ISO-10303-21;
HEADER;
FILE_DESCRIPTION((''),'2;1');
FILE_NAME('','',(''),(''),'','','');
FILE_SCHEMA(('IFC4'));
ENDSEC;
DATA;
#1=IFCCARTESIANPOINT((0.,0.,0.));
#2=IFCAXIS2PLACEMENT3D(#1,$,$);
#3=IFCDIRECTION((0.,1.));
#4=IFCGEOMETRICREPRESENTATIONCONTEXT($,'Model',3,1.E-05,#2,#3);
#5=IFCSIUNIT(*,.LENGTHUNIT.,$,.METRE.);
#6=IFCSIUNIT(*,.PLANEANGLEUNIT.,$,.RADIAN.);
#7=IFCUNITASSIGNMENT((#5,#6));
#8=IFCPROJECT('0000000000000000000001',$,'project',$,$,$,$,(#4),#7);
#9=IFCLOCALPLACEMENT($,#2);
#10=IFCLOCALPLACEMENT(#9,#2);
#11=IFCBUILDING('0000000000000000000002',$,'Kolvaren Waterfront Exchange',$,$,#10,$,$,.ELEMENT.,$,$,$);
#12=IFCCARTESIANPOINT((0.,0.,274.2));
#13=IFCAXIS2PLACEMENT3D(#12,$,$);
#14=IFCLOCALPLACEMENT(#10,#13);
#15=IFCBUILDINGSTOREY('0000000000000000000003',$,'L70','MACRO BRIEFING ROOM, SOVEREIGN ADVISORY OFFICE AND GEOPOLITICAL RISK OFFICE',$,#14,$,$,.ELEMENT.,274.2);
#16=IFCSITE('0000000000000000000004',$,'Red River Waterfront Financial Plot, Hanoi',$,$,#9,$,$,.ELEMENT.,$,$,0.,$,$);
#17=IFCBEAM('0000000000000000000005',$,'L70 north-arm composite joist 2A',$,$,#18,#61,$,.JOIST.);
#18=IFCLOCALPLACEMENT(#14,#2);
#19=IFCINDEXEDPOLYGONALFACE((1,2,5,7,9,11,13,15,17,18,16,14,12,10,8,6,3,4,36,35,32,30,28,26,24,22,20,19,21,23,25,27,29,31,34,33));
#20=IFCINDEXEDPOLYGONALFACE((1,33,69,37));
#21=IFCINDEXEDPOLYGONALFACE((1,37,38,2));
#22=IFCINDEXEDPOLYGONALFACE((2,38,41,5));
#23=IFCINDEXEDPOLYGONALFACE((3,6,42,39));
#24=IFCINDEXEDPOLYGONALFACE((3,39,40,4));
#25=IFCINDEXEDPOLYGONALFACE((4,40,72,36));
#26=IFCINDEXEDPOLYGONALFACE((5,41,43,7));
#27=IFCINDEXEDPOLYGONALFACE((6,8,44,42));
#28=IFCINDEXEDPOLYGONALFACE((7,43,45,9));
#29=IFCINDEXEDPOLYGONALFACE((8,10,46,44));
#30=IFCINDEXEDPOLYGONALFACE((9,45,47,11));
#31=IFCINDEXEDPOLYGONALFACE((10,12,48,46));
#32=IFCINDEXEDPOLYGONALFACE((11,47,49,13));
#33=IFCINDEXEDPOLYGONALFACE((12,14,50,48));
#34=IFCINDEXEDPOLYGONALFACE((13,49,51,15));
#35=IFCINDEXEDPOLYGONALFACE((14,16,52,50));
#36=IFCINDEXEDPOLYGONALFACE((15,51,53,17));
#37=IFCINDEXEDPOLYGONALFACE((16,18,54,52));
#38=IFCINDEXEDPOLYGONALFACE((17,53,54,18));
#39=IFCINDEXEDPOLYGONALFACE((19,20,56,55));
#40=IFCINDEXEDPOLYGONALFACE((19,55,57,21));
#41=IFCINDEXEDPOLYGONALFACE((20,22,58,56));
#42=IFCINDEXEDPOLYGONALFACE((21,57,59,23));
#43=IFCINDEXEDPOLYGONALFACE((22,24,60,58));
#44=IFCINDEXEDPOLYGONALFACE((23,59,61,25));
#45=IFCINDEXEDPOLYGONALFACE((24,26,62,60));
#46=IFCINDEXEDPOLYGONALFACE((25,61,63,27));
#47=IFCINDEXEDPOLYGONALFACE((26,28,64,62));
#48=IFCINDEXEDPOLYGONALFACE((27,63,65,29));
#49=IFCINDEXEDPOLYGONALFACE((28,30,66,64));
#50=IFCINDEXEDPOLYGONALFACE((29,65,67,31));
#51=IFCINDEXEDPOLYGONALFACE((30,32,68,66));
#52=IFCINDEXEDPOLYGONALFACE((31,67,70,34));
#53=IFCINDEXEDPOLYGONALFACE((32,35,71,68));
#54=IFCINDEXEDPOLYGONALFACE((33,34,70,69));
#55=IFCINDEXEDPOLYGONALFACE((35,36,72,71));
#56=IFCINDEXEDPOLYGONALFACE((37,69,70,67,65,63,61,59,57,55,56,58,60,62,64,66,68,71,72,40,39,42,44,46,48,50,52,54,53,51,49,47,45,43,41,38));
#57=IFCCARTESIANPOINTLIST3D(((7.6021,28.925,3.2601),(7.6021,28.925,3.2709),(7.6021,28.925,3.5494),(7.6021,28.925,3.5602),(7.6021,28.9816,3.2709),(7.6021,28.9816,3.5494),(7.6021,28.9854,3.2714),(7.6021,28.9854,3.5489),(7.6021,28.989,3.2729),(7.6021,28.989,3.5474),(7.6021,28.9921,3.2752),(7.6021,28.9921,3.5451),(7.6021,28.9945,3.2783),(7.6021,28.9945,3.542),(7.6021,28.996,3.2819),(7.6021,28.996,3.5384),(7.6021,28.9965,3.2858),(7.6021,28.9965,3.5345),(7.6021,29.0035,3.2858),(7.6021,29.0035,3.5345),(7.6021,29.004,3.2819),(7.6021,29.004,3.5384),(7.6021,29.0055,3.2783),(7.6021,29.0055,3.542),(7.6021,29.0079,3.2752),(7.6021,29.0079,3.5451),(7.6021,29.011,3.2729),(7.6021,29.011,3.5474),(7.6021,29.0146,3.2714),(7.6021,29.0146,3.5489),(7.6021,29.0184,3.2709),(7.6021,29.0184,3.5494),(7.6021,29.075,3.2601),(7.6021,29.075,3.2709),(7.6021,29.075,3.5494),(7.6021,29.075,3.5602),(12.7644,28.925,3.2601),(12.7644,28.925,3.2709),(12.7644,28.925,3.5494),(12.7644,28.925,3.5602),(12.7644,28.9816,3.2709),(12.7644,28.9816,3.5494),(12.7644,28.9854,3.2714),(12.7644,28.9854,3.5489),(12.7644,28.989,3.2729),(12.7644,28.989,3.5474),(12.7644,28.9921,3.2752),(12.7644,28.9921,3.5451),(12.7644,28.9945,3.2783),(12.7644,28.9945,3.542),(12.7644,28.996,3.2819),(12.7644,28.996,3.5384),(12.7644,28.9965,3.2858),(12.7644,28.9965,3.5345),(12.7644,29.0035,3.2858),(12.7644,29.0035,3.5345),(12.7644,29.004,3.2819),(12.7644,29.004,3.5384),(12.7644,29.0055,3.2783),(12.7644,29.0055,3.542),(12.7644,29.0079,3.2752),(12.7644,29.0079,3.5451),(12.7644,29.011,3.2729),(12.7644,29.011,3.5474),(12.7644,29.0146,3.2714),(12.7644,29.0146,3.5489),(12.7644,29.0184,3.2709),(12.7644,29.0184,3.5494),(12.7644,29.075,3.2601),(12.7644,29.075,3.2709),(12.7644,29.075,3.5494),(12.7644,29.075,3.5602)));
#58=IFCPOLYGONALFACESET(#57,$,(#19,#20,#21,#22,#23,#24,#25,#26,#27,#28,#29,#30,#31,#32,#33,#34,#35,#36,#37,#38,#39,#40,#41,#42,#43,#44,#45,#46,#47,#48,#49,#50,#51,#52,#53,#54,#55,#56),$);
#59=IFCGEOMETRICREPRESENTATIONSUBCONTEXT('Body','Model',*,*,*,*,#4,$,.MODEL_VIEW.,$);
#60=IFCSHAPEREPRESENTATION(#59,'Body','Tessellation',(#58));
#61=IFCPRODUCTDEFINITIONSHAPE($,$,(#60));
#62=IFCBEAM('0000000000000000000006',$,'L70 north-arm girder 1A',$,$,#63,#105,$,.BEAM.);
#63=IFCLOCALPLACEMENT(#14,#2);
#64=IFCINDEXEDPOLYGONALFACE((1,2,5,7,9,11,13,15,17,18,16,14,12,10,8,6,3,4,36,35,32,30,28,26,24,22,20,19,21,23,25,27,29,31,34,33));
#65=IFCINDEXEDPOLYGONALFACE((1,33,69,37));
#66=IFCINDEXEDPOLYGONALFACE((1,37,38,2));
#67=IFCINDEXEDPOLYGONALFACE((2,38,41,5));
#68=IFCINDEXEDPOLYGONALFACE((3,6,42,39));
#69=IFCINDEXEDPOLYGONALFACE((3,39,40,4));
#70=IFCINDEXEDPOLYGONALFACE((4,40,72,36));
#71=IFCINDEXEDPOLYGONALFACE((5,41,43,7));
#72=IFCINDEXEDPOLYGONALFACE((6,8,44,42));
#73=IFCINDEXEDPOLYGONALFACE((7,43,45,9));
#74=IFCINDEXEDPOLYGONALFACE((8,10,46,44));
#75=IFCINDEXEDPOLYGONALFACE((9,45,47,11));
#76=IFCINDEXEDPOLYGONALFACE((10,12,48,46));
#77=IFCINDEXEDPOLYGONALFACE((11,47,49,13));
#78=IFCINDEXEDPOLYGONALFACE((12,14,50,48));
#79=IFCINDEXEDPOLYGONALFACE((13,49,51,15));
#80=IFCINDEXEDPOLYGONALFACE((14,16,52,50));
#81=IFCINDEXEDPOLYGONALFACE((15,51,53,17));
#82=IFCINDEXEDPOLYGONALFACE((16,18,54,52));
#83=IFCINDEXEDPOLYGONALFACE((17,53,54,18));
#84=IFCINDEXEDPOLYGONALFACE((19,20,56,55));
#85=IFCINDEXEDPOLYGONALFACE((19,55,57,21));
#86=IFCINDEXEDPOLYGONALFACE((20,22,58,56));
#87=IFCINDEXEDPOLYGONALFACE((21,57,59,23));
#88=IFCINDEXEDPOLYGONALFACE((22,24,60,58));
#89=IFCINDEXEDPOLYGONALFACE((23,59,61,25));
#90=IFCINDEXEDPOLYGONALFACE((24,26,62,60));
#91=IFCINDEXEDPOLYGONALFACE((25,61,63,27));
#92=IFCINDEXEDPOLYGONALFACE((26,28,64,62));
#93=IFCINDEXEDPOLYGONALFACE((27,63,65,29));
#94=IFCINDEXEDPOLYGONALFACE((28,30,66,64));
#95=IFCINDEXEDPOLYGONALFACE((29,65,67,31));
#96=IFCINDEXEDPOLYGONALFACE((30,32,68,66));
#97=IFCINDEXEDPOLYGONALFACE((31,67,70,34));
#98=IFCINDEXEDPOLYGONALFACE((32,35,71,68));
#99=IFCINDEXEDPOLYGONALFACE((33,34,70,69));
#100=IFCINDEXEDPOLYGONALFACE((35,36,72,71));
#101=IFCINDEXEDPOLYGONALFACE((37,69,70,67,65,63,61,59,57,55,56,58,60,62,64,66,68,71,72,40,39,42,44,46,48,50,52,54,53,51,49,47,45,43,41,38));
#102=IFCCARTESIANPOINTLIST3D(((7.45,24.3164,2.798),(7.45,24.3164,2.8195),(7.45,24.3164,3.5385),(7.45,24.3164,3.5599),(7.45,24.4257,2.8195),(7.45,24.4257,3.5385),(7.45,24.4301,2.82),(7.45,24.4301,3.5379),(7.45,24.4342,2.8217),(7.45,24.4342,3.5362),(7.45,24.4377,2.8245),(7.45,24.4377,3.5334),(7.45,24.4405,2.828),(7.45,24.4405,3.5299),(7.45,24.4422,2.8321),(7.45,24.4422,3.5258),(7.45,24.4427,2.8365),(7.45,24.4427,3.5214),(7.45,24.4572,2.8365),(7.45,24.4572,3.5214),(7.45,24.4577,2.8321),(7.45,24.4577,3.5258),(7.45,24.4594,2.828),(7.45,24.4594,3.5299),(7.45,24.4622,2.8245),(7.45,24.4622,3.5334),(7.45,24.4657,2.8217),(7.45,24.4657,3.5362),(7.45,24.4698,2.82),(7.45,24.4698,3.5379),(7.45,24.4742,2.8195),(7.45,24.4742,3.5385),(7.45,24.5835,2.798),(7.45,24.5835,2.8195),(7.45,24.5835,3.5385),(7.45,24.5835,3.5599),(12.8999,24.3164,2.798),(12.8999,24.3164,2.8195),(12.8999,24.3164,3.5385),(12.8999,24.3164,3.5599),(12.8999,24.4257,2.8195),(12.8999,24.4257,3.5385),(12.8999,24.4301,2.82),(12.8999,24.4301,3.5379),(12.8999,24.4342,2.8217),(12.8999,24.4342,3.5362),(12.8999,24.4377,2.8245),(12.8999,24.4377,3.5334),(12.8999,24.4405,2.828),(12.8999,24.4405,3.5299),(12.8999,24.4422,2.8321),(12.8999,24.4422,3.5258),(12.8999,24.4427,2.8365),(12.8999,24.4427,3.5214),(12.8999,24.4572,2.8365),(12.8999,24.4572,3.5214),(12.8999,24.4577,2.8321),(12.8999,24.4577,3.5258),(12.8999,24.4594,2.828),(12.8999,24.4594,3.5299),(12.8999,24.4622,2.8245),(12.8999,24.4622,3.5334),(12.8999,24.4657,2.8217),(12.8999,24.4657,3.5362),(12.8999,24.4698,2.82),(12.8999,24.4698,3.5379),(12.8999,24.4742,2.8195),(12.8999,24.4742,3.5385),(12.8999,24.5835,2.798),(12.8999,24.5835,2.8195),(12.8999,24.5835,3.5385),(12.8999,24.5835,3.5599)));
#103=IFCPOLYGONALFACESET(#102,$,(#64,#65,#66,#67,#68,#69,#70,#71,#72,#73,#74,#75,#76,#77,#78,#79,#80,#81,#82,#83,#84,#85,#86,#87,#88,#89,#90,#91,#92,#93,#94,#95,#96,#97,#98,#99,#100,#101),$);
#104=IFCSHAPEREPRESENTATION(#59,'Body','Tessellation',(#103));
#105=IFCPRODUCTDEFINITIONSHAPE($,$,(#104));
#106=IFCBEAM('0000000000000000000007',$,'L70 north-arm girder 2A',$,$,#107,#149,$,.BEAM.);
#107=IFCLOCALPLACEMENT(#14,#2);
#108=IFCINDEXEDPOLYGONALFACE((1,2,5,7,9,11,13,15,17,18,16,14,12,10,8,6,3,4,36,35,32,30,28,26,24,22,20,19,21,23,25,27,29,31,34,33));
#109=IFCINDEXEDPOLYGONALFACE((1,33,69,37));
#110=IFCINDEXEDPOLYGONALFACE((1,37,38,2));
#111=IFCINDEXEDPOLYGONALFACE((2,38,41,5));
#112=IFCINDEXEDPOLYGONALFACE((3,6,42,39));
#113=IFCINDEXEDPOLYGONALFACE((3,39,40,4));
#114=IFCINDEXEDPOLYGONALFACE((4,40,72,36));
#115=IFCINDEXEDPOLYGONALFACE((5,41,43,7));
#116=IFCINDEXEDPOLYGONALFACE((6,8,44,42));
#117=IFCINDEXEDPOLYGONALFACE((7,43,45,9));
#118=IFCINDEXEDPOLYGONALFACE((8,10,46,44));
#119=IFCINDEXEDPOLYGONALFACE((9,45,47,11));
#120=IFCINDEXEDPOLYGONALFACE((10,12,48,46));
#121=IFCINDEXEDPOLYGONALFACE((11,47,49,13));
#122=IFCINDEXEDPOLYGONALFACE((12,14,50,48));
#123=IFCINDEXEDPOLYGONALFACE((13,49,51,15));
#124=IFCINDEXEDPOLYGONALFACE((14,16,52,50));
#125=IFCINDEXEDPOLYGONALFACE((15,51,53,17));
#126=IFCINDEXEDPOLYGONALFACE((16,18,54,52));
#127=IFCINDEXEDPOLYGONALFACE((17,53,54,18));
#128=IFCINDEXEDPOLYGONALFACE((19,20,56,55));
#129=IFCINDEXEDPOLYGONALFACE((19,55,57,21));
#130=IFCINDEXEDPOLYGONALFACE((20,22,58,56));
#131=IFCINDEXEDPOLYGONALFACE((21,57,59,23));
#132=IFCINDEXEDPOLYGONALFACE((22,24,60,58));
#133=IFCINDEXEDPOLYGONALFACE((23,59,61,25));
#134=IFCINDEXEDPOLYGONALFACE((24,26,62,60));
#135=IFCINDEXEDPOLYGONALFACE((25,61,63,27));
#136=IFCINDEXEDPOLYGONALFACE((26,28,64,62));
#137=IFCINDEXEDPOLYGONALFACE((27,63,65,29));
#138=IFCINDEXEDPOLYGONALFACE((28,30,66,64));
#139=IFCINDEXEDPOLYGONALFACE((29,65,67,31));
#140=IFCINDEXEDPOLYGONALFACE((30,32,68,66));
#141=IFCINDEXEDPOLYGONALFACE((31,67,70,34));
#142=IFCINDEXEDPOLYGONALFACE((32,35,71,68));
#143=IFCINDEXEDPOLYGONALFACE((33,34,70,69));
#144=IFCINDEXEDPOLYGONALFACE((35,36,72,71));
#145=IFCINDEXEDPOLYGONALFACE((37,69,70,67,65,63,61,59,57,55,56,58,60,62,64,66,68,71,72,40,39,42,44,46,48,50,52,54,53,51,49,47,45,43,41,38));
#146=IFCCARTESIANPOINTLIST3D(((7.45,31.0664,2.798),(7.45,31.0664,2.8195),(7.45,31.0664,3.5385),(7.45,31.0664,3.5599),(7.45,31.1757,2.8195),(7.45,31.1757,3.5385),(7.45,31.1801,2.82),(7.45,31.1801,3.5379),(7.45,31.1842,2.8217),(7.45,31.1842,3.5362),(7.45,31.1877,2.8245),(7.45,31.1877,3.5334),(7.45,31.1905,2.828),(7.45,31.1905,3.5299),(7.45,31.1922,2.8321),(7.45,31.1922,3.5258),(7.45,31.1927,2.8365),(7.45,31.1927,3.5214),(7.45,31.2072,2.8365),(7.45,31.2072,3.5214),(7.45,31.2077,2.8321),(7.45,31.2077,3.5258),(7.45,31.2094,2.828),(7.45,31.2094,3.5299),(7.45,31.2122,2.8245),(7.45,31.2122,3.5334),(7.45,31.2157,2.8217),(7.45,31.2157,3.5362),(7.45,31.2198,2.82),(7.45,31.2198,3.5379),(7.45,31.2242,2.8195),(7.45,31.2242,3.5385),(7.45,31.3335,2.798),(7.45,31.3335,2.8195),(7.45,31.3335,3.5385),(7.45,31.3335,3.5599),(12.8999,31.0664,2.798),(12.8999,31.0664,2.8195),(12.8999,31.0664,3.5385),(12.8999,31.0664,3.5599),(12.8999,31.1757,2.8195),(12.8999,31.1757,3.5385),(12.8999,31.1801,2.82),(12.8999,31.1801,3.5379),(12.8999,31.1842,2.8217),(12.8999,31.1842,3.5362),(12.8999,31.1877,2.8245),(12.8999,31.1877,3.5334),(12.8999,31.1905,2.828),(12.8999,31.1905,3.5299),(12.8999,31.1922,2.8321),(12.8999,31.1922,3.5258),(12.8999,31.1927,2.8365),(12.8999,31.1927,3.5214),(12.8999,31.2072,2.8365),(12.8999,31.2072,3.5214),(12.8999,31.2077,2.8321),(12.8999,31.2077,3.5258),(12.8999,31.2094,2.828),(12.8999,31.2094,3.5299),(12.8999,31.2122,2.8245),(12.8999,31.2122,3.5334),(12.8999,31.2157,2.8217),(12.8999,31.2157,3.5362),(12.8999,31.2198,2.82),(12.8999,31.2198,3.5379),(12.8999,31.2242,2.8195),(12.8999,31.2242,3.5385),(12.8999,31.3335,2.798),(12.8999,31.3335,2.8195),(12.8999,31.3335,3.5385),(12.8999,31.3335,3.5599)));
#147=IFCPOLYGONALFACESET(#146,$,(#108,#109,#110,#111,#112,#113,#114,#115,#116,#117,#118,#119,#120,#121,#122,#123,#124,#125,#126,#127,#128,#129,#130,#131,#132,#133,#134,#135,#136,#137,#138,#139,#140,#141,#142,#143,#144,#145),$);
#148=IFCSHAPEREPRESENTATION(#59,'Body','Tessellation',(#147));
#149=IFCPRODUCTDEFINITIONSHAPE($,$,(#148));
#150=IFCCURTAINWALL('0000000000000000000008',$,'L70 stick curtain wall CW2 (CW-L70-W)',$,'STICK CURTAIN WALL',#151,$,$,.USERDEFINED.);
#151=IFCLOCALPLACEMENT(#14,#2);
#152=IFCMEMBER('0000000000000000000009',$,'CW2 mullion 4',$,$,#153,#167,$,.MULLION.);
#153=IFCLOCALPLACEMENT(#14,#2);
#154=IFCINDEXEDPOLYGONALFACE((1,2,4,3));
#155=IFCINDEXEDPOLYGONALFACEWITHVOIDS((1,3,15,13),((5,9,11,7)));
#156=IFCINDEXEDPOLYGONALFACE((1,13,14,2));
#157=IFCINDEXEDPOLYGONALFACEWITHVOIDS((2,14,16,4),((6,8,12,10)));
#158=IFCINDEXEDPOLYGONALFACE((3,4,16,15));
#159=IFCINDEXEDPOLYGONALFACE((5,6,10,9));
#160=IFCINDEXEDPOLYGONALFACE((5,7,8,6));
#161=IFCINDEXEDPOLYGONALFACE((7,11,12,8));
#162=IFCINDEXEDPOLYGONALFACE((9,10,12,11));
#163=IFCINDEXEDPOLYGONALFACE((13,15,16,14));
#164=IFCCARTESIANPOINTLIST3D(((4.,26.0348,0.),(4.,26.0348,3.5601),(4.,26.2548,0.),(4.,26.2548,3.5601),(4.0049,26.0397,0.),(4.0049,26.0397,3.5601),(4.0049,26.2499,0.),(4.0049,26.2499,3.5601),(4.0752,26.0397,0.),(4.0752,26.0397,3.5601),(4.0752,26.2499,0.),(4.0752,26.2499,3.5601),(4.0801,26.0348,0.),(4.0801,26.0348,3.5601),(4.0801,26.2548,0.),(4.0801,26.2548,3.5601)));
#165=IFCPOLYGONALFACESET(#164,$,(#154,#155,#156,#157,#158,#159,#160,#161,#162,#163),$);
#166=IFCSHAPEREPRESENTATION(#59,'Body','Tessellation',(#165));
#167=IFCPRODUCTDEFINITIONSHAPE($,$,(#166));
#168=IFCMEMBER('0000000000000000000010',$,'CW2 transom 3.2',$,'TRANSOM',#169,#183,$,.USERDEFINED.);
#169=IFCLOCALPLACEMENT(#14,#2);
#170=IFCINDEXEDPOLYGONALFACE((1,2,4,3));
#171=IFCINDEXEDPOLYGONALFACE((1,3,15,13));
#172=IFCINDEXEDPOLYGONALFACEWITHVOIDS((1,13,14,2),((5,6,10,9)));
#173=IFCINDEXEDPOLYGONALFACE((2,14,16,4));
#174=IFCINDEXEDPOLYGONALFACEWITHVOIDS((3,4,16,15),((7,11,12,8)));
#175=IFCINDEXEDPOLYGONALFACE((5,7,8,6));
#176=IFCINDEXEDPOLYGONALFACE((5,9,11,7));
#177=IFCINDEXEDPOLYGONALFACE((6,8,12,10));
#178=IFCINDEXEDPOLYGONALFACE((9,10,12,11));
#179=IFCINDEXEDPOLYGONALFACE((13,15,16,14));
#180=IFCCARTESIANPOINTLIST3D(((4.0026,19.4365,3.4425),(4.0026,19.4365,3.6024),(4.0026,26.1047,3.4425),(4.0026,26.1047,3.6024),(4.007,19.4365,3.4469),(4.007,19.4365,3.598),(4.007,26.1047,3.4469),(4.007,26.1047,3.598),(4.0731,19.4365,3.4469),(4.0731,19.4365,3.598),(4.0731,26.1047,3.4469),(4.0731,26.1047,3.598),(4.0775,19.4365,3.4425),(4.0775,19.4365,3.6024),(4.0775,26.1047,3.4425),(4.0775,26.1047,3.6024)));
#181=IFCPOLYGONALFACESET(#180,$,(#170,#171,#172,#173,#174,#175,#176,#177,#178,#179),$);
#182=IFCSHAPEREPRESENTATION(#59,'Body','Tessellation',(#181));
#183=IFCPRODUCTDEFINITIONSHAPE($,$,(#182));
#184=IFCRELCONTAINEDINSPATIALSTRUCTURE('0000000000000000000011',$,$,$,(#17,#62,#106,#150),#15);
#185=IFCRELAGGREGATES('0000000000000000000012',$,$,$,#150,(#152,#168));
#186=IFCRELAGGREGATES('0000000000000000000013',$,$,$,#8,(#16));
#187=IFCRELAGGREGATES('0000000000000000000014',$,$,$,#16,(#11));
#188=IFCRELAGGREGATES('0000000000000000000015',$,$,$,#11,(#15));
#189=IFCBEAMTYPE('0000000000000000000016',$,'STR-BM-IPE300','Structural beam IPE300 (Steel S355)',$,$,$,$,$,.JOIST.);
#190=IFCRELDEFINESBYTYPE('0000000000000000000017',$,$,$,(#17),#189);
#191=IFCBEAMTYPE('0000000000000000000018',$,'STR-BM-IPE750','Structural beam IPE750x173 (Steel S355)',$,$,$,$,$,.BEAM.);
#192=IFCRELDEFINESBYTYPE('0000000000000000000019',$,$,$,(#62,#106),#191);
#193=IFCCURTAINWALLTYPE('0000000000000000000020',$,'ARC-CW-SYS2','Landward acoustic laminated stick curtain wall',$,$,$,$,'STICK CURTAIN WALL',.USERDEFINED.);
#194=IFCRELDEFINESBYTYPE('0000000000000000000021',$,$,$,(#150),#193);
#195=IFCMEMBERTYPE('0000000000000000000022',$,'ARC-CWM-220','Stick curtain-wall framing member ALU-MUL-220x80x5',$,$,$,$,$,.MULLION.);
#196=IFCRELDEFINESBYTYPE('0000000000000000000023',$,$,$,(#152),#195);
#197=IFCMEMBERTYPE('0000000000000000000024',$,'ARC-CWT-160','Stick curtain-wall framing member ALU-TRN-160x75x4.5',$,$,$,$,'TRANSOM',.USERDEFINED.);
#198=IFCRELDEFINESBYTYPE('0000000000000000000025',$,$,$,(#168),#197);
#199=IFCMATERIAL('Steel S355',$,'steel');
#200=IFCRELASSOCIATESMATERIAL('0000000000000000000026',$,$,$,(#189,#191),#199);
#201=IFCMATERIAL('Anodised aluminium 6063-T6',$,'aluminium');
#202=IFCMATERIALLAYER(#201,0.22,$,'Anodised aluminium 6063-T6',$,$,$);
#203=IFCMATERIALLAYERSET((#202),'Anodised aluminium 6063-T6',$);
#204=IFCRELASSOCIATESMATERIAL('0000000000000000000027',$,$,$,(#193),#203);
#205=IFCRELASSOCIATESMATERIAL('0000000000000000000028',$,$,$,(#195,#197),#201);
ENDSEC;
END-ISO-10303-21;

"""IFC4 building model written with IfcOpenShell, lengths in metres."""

from ifc_helpers import new_model, si_unit, direction, frame, origin, origin_with_axes, origin_2d, place, context, subcontext, project, spatial, hollow_rectangle, i_section, extrude, source, transform, mapped, material, layer, layer_set, material_profile, profile_set, type_object, element, aggregate, save


model = new_model("IFC4")

# Units and contexts
model_context = context("Model", 3, precision=1e-05, world=origin(), true_north=direction((0.0, 1.0)))
body_context = subcontext(model_context, "Body", "Model", "MODEL_VIEW")
ifc_project = project(units=[si_unit("LENGTHUNIT", "METRE"), si_unit("PLANEANGLEUNIT", "RADIAN")], contexts=[model_context])

# Site, building, storey
site_placement = place(None, origin())
site = spatial("IfcSite", under=ifc_project, at=site_placement, Name="Red River Waterfront Financial Plot, Hanoi", CompositionType="ELEMENT", RefElevation=0.0)
building_placement = place(site_placement, origin())
building = spatial("IfcBuilding", under=site, at=building_placement, Name="Kolvaren Waterfront Exchange", CompositionType="ELEMENT")
storey_placement = place(building_placement, frame((0.0, 0.0, 274.2)))
storey = spatial("IfcBuildingStorey", under=building, at=storey_placement, Name="L70", Description="MACRO BRIEFING ROOM, SOVEREIGN ADVISORY OFFICE AND GEOPOLITICAL RISK OFFICE", CompositionType="ELEMENT", Elevation=274.2)

# Beams
ifc_material_1 = material(Name="Steel S355", Category="steel")
ifc_material_profile_1 = material_profile(ifc_material_1, i_section(OverallWidth=0.1499, OverallDepth=0.3, WebThickness=0.0071, FlangeThickness=0.0107, FilletRadius=0.0149, at=origin_2d()), Name="IPE300")
ifc_profile_set_1 = profile_set([ifc_material_profile_1], Name="Steel S355")
beam_type_1 = type_object("IfcBeamType", Name="STR-BM-IPE300", Description="Structural beam IPE300 (Steel S355)", PredefinedType="JOIST", material=ifc_profile_set_1)
for number, where, z_axis, x_axis, name in (
    (1, (7.6021, 29.0, 3.4102), (1.0, 0.0, 0.0), (0.0, 1.0, 0.0), "L70 north-arm composite joist 2A"),
):
    element("IfcBeam", number, at=place(storey_placement, frame(where, z_axis=z_axis, x_axis=x_axis)), inside=storey, type_object=beam_type_1, Name=name, PredefinedType="JOIST", context=body_context, shape_type="SweptSolid", body=[
        extrude(i_section(OverallWidth=0.1499, OverallDepth=0.3, WebThickness=0.0071, FlangeThickness=0.0107, FilletRadius=0.0149, at=origin_2d()), origin(), (0.0, 0.0, 1.0), 5.1624),
    ])
ifc_material_profile_2 = material_profile(ifc_material_1, i_section(OverallWidth=0.2671, OverallDepth=0.762, WebThickness=0.0144, FlangeThickness=0.0215, FilletRadius=0.0171, at=origin_2d()), Name="IPE750x173")
ifc_profile_set_2 = profile_set([ifc_material_profile_2], Name="Steel S355")
beam_type_2 = type_object("IfcBeamType", Name="STR-BM-IPE750", Description="Structural beam IPE750x173 (Steel S355)", PredefinedType="BEAM", material=ifc_profile_set_2)
for number, where, z_axis, x_axis, name in (
    (2, (7.45, 24.45, 3.179), (1.0, 0.0, 0.0), (0.0, 1.0, 0.0), "L70 north-arm girder 1A"),
    (3, (7.45, 31.2, 3.179), (1.0, 0.0, 0.0), (0.0, 1.0, 0.0), "L70 north-arm girder 2A"),
):
    element("IfcBeam", number, at=place(storey_placement, frame(where, z_axis=z_axis, x_axis=x_axis)), inside=storey, type_object=beam_type_2, Name=name, PredefinedType="BEAM", context=body_context, shape_type="SweptSolid", body=[
        extrude(i_section(OverallWidth=0.2671, OverallDepth=0.762, WebThickness=0.0144, FlangeThickness=0.0215, FilletRadius=0.0171, at=origin_2d()), origin(), (0.0, 0.0, 1.0), 5.45),
    ])

# Curtain wall, members
ifc_material_2 = material(Name="Anodised aluminium 6063-T6", Category="aluminium")
ifc_layer_1 = layer(ifc_material_2, 0.22, Name="Anodised aluminium 6063-T6")
ifc_layer_set_1 = layer_set([ifc_layer_1], Name="Anodised aluminium 6063-T6")
curtain_wall_type = type_object("IfcCurtainWallType", Name="ARC-CW-SYS2", Description="Landward acoustic laminated stick curtain wall", ElementType="STICK CURTAIN WALL", PredefinedType="USERDEFINED", material=ifc_layer_set_1)
curtain_wall_placement = place(storey_placement, origin())
curtain_wall = element("IfcCurtainWall", 4, at=curtain_wall_placement, inside=storey, type_object=curtain_wall_type, Name="L70 stick curtain wall CW2 (CW-L70-W)", ObjectType="STICK CURTAIN WALL", PredefinedType="USERDEFINED")
ifc_material_profile_3 = material_profile(ifc_material_2, hollow_rectangle(XDim=0.0801, YDim=0.22, WallThickness=0.0049, at=origin_2d()), Name="ALU-MUL-220x80x5")
ifc_profile_set_3 = profile_set([ifc_material_profile_3], Name="Anodised aluminium 6063-T6")
member_type_1 = type_object("IfcMemberType", Name="ARC-CWM-220", Description="Stick curtain-wall framing member ALU-MUL-220x80x5", PredefinedType="MULLION", material=ifc_profile_set_3)
shared_shape_1 = source(origin_with_axes(), body_context, "Body", "SweptSolid", [
    extrude(hollow_rectangle(XDim=0.0801, YDim=0.22, WallThickness=0.0049, at=origin_2d()), origin(), (0.0, 0.0, 1.0), 3.5601),
])
member_1_placement = place(storey_placement, frame((4.04, 26.1448, 0.0), z_axis=(0.0, 0.0, 1.0), x_axis=(-1.0, 0.0, 0.0)))
member_1 = element("IfcMember", 5, at=member_1_placement, type_object=member_type_1, Name="CW2 mullion 4", PredefinedType="MULLION", context=body_context, shape_type="MappedRepresentation", body=[
    mapped(shared_shape_1, transform((0.0, 0.0, 0.0), x_axis=(1.0, 0.0, 0.0), y_axis=(0.0, 1.0, 0.0), z_axis=(0.0, 0.0, 1.0), scale=1.0)),
])
ifc_material_profile_4 = material_profile(ifc_material_2, hollow_rectangle(XDim=0.075, YDim=0.1599, WallThickness=0.0044, at=origin_2d()), Name="ALU-TRN-160x75x4.5")
ifc_profile_set_4 = profile_set([ifc_material_profile_4], Name="Anodised aluminium 6063-T6")
member_type_2 = type_object("IfcMemberType", Name="ARC-CWT-160", Description="Stick curtain-wall framing member ALU-TRN-160x75x4.5", ElementType="TRANSOM", PredefinedType="USERDEFINED", material=ifc_profile_set_4)
shared_shape_2 = source(origin_with_axes(), body_context, "Body", "SweptSolid", [
    extrude(hollow_rectangle(XDim=0.075, YDim=0.1599, WallThickness=0.0044, at=origin_2d()), origin(), (0.0, 0.0, 1.0), 6.6682),
])
member_2_placement = place(storey_placement, frame((4.04, 19.4365, 3.5225), z_axis=(0.0, 1.0, 0.0), x_axis=(-1.0, 0.0, 0.0)))
member_2 = element("IfcMember", 6, at=member_2_placement, type_object=member_type_2, Name="CW2 transom 3.2", ObjectType="TRANSOM", PredefinedType="USERDEFINED", context=body_context, shape_type="MappedRepresentation", body=[
    mapped(shared_shape_2, transform((0.0, 0.0, 0.0), x_axis=(1.0, 0.0, 0.0), y_axis=(0.0, 1.0, 0.0), z_axis=(0.0, 0.0, 1.0), scale=1.0)),
])
aggregate(curtain_wall, [member_1, member_2])

save(model, "model.ifc")
